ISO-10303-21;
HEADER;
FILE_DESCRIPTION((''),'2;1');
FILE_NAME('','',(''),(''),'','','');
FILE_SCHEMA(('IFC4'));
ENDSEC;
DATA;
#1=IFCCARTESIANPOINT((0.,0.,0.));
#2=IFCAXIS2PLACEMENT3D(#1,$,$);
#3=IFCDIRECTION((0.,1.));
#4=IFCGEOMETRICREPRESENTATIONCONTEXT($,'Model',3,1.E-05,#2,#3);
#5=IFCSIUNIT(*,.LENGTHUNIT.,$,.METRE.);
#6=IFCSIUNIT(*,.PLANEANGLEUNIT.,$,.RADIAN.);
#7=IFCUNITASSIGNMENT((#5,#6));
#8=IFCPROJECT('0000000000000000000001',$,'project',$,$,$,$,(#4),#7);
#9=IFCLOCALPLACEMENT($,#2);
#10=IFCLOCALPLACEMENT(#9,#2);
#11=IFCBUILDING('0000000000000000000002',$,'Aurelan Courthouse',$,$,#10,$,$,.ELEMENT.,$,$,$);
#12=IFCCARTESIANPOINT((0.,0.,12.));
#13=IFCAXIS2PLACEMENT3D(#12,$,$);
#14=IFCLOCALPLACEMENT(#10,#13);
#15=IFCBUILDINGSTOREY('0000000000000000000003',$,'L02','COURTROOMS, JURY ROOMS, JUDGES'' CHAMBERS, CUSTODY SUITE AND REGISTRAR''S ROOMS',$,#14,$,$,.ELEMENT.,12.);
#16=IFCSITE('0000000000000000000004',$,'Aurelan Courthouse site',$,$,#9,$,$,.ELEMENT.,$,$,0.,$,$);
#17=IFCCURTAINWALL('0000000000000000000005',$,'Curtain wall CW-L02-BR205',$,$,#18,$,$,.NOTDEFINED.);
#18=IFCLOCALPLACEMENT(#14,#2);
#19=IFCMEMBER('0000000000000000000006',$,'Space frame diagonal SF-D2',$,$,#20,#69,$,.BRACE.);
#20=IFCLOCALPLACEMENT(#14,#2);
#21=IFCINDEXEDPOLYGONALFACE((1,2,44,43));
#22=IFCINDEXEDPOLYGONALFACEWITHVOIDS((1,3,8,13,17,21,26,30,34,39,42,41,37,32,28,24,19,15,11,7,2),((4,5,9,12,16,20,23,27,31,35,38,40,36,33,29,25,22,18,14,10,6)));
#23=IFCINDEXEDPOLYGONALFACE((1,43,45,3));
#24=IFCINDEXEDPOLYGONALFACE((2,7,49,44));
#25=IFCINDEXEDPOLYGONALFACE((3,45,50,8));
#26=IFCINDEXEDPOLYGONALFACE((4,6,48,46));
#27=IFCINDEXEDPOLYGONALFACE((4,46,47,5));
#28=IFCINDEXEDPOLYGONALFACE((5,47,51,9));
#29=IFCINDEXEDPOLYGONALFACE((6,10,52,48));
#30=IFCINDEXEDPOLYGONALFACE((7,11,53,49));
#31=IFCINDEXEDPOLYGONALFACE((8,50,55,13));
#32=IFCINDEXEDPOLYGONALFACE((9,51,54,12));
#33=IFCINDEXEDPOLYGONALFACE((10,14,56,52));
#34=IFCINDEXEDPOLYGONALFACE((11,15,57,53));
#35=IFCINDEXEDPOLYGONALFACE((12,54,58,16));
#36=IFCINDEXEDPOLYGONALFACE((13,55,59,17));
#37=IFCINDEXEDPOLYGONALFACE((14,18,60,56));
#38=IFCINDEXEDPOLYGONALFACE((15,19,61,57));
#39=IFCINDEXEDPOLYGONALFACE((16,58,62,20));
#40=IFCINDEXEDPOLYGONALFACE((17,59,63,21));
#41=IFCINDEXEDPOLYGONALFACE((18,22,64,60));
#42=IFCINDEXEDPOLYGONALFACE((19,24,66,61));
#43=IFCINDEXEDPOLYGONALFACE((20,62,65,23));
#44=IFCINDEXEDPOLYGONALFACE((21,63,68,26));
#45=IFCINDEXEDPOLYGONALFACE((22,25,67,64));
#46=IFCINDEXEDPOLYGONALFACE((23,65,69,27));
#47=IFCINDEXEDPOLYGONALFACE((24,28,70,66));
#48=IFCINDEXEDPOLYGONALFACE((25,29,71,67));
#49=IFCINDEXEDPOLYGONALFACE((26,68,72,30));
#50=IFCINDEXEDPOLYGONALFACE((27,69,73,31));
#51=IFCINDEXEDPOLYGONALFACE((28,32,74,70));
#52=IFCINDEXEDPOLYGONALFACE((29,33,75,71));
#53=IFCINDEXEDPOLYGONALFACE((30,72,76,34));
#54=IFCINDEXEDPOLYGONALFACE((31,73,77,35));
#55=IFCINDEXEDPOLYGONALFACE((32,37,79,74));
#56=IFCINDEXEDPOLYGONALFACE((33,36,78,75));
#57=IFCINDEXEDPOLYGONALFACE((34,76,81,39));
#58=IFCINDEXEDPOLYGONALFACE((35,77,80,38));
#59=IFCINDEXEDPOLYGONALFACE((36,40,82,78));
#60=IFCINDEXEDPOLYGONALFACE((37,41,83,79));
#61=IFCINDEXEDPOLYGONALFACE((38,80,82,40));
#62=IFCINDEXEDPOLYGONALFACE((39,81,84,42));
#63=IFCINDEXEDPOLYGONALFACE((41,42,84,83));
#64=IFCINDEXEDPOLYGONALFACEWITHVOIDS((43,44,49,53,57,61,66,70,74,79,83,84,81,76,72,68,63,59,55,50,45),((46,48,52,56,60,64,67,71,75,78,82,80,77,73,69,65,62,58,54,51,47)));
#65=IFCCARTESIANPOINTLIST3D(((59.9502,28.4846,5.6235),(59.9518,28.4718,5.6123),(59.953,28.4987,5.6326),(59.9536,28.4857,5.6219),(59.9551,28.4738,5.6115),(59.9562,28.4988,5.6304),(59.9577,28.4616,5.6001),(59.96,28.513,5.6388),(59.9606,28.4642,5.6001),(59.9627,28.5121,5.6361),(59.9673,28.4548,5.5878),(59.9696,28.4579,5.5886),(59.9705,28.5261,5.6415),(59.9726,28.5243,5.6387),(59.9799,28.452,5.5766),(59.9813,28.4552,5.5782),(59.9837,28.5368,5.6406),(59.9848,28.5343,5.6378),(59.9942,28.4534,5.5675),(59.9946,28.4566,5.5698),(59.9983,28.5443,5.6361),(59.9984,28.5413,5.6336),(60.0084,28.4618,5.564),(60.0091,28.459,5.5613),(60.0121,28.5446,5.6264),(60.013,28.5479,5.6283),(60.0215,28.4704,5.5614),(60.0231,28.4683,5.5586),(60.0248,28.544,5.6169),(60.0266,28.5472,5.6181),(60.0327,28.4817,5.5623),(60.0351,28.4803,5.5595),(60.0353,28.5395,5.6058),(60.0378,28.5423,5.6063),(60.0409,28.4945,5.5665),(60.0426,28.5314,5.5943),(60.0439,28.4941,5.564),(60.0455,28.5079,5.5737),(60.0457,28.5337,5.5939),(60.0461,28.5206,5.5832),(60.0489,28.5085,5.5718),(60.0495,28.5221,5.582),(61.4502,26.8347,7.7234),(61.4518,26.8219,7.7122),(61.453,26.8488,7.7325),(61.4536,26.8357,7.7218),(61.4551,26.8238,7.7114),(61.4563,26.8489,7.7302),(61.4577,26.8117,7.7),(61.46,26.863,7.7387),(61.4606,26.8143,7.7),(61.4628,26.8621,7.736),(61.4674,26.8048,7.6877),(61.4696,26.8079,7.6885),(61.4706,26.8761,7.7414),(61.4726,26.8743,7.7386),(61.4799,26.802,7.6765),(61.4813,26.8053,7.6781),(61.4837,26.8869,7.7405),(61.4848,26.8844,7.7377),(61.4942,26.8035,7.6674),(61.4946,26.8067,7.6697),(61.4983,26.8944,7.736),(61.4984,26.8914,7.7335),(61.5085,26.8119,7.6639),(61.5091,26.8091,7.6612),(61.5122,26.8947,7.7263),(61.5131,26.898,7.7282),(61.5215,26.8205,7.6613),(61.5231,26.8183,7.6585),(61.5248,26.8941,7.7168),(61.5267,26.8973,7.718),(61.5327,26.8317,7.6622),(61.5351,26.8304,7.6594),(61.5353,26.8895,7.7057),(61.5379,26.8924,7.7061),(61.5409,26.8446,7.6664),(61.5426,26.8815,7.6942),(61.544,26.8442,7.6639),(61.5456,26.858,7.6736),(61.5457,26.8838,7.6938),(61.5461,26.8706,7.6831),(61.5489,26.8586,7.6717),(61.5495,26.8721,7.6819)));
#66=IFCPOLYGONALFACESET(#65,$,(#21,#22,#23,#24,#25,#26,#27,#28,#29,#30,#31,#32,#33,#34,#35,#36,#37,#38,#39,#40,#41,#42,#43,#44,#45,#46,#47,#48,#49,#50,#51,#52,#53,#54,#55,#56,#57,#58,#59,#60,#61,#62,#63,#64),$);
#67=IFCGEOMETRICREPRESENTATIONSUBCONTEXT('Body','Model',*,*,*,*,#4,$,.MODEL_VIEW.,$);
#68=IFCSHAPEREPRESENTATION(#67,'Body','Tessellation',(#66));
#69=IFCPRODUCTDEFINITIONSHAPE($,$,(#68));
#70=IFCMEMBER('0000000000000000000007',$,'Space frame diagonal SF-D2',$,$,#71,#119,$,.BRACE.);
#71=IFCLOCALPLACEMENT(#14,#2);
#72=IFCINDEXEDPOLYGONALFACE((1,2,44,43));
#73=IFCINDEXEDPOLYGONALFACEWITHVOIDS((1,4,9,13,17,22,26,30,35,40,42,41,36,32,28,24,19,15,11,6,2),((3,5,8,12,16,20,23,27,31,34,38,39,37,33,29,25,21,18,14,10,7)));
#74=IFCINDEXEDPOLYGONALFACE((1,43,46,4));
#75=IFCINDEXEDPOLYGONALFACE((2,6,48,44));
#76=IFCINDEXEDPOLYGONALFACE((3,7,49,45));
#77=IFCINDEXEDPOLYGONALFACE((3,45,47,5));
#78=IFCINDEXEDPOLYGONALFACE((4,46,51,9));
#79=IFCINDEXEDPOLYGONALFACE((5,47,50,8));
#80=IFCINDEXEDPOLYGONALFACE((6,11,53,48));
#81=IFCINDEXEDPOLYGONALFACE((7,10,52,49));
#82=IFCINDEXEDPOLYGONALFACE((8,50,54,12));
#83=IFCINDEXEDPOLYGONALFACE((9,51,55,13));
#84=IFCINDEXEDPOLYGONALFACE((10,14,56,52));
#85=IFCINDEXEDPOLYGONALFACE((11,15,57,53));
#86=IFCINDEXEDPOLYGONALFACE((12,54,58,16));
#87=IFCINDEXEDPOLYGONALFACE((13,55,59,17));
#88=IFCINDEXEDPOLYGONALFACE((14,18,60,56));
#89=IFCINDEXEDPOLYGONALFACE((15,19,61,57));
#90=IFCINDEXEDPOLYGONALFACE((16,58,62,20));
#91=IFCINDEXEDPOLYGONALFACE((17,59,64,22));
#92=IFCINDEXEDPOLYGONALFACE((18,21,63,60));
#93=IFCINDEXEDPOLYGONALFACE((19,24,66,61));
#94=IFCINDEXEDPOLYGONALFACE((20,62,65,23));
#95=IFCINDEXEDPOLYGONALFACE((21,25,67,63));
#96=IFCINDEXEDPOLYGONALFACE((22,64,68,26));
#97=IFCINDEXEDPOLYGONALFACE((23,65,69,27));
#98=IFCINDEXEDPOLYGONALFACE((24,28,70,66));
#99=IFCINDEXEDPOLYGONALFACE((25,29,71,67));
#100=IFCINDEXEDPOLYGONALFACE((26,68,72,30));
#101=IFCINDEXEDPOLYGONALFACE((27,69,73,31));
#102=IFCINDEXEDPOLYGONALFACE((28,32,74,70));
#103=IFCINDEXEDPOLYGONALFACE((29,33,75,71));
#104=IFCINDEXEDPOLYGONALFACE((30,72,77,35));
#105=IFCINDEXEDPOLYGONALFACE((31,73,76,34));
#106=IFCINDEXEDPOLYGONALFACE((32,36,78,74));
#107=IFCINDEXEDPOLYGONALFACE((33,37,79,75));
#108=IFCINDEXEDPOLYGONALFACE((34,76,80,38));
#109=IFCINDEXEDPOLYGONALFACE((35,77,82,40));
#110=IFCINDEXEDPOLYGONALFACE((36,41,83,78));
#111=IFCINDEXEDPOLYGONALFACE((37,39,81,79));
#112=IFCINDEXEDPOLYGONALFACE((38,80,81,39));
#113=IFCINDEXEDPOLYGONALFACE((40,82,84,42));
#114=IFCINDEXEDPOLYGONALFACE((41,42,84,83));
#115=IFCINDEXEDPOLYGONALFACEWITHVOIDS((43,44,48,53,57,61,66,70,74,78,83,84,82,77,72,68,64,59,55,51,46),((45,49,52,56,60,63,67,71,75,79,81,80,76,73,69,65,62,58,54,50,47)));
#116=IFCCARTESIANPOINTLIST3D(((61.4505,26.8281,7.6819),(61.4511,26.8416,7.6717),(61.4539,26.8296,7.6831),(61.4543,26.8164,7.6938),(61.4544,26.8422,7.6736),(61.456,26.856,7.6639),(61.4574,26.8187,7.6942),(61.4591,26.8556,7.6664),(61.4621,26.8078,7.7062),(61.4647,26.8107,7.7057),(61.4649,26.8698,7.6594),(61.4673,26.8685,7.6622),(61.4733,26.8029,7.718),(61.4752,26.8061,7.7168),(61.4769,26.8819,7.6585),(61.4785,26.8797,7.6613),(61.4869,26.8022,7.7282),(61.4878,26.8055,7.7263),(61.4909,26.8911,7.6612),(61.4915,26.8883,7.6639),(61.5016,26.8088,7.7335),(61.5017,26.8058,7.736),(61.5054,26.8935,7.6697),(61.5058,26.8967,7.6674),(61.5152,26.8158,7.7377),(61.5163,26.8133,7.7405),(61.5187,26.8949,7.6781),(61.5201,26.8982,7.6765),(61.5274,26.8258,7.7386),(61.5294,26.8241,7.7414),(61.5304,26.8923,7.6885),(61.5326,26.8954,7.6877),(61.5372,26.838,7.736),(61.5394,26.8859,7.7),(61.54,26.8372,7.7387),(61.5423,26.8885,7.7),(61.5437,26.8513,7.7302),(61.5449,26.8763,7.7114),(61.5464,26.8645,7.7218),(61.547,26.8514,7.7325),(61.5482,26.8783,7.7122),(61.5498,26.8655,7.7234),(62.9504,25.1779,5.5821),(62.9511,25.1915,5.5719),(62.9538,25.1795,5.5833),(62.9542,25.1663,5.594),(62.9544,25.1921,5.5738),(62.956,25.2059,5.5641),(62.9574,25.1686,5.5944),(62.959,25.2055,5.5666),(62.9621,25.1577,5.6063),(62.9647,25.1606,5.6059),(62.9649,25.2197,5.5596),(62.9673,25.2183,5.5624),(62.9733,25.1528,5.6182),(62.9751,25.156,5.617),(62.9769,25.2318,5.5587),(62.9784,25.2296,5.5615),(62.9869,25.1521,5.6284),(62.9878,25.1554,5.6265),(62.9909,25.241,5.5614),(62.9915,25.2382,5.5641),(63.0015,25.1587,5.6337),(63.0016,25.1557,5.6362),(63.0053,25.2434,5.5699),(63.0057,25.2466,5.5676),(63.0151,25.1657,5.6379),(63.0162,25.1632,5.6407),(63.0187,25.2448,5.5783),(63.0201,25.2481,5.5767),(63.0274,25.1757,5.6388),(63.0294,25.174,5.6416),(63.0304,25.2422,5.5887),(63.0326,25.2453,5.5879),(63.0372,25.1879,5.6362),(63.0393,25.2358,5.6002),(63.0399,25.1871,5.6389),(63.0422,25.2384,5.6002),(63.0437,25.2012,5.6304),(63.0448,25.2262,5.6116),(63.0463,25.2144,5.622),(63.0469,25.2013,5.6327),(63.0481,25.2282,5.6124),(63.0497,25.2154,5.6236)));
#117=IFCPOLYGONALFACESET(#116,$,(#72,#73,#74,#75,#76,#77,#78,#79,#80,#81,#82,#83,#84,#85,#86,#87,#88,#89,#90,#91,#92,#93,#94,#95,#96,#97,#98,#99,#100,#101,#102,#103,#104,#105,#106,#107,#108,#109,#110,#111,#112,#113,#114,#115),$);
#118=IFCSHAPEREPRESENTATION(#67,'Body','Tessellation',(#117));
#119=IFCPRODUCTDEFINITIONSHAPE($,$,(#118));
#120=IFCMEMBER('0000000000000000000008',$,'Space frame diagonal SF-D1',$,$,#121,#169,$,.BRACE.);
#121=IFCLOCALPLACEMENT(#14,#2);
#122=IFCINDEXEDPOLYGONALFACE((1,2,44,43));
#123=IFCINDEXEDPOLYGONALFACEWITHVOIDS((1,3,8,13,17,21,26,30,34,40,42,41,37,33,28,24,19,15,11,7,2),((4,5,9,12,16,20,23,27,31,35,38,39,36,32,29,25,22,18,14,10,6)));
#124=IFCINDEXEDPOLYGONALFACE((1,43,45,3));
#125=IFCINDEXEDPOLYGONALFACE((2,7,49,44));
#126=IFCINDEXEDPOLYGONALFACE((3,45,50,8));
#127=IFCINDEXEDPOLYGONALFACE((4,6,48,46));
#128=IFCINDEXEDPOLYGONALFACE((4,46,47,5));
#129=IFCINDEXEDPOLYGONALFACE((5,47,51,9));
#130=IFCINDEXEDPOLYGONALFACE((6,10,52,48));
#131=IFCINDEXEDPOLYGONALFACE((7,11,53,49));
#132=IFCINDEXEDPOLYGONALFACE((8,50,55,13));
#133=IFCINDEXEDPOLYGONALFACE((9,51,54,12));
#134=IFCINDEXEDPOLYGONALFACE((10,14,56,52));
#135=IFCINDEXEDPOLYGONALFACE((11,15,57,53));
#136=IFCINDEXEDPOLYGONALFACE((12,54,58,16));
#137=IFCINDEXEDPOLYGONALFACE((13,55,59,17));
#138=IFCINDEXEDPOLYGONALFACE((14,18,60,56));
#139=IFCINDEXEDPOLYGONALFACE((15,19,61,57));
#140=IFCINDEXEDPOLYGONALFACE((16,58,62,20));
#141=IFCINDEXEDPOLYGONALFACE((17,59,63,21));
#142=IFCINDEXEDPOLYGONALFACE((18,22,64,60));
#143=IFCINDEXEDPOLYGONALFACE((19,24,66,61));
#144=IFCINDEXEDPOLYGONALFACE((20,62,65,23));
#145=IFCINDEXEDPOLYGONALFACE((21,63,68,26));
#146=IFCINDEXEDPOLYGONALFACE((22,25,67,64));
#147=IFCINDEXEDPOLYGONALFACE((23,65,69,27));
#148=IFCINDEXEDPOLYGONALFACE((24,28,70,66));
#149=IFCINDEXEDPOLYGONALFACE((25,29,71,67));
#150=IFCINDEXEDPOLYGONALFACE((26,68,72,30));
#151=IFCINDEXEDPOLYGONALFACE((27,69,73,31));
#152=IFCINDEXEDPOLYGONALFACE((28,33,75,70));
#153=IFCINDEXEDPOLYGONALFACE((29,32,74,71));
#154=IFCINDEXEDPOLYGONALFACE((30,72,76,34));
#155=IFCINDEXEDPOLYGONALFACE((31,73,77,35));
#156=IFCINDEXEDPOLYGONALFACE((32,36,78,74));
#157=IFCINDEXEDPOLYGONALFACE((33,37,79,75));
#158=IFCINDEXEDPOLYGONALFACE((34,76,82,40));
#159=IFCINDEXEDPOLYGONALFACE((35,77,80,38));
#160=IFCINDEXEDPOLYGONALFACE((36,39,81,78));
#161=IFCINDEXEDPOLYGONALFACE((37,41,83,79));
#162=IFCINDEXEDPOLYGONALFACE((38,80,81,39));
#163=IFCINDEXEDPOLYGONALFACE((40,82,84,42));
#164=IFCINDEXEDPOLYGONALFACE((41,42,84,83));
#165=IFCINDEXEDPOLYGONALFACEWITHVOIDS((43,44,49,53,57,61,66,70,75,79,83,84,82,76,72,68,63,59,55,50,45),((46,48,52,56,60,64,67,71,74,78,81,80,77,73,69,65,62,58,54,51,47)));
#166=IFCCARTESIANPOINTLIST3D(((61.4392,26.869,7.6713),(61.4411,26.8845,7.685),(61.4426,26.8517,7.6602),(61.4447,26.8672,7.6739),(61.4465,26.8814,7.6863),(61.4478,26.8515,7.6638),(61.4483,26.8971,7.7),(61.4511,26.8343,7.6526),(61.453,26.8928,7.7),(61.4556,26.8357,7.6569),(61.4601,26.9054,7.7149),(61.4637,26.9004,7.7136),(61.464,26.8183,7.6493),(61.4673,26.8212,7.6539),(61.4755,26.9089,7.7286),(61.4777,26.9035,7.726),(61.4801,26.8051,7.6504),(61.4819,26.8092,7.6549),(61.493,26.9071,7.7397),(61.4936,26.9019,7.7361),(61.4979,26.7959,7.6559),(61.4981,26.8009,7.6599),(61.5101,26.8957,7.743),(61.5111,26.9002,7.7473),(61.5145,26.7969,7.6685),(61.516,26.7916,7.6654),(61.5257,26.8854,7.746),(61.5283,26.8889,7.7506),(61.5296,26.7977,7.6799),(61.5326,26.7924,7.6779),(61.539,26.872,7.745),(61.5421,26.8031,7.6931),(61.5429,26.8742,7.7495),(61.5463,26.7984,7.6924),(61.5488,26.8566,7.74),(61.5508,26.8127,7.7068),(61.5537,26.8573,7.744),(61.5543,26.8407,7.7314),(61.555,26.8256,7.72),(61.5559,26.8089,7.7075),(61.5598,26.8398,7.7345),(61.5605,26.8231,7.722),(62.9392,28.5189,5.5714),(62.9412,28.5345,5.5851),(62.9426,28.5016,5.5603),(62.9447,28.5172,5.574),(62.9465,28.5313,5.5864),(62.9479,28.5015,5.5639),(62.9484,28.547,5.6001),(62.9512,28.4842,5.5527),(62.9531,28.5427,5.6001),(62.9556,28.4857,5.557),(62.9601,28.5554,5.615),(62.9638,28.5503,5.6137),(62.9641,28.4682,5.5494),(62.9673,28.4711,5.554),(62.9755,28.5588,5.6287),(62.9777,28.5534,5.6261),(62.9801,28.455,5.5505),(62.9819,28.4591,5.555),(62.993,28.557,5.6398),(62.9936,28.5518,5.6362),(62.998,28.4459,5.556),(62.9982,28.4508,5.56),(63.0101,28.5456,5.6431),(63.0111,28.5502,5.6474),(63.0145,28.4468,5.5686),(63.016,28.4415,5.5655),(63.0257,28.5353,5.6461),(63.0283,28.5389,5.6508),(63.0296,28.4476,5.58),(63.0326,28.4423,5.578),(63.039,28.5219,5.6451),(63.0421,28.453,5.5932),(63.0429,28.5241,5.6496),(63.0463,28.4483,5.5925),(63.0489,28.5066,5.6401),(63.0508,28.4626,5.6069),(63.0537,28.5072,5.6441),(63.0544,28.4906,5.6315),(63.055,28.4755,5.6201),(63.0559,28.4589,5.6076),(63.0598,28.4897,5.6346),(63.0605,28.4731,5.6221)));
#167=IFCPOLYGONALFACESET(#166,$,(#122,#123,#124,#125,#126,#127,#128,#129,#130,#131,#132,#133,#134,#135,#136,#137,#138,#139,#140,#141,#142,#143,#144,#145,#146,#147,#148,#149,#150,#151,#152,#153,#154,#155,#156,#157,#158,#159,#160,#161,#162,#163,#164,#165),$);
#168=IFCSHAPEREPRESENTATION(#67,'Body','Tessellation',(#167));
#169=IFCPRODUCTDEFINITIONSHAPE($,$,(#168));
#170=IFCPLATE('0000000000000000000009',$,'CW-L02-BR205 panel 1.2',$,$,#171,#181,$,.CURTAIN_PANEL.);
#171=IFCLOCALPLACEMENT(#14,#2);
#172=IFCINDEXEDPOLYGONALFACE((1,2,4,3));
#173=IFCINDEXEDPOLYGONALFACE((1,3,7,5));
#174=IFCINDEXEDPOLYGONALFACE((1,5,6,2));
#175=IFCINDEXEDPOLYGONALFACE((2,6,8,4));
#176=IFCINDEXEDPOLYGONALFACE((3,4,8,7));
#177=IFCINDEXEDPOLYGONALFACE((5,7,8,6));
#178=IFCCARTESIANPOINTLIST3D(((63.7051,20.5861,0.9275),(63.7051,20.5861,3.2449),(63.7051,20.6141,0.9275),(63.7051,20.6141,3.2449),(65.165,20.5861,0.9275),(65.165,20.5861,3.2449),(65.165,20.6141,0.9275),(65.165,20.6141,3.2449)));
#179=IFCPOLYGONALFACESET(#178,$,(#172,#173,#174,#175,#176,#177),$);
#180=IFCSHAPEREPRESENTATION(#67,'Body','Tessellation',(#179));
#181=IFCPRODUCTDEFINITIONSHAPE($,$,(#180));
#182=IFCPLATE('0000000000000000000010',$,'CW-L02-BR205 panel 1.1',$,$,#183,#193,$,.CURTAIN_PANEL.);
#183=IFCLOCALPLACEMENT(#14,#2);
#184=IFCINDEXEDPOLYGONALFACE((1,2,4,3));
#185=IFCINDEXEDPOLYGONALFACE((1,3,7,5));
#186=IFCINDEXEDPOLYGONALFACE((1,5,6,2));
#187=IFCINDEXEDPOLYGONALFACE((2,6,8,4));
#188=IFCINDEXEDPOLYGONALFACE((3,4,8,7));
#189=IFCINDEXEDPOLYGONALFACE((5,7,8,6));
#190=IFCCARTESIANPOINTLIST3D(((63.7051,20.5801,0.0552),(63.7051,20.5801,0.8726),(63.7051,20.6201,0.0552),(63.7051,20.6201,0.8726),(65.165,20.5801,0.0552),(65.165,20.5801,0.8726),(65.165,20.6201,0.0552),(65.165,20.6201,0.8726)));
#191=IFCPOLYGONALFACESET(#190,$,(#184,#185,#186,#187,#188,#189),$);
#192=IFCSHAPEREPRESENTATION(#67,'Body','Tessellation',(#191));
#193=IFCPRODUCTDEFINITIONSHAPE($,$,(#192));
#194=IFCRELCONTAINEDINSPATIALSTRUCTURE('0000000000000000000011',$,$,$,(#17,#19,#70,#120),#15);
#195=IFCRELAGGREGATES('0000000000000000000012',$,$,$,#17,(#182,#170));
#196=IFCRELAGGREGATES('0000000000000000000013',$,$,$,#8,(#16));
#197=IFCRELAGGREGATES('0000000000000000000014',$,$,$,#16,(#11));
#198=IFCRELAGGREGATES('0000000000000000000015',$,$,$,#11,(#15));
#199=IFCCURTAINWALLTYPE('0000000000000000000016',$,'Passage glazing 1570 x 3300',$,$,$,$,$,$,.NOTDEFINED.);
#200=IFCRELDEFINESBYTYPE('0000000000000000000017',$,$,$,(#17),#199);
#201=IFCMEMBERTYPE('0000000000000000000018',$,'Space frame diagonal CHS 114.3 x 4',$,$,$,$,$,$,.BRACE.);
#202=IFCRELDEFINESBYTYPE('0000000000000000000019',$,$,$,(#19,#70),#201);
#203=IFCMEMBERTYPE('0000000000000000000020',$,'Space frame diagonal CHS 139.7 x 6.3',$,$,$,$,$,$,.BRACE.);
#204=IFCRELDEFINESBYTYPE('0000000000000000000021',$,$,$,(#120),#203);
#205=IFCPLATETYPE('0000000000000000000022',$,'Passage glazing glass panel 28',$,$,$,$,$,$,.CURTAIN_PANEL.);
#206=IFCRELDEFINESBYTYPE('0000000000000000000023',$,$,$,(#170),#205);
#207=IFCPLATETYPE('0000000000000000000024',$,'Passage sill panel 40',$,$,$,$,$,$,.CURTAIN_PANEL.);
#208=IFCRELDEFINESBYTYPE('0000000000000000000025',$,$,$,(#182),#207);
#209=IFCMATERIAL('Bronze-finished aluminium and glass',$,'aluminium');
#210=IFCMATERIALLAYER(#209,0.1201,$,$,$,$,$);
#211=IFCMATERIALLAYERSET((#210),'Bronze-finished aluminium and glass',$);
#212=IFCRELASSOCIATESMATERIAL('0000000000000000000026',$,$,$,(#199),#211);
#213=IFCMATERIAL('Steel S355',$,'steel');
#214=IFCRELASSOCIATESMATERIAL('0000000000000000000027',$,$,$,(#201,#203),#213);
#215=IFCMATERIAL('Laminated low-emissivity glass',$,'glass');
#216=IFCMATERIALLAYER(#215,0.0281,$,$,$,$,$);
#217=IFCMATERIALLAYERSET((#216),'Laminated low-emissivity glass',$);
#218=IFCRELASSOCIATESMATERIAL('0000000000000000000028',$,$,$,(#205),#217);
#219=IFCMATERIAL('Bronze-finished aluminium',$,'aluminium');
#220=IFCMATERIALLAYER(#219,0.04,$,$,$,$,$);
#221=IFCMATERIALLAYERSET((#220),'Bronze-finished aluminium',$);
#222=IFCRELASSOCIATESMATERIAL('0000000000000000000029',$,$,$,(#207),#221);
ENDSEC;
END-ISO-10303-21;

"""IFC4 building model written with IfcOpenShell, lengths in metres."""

from ifc_helpers import new_model, si_unit, direction, frame, origin, origin_2d, place, context, subcontext, project, spatial, rectangle, hollow_circle, extrude, material, layer, layer_set, material_profile, profile_set, type_object, element, aggregate, save


model = new_model("IFC4")

# Units and contexts
model_context = context("Model", 3, precision=1e-05, world=origin(), true_north=direction((0.0, 1.0)))
body_context = subcontext(model_context, "Body", "Model", "MODEL_VIEW")
ifc_project = project(units=[si_unit("LENGTHUNIT", "METRE"), si_unit("PLANEANGLEUNIT", "RADIAN")], contexts=[model_context])

# Site, building, storey
site_placement = place(None, origin())
site = spatial("IfcSite", under=ifc_project, at=site_placement, Name="Aurelan Courthouse site", CompositionType="ELEMENT", RefElevation=0.0)
building_placement = place(site_placement, origin())
building = spatial("IfcBuilding", under=site, at=building_placement, Name="Aurelan Courthouse", CompositionType="ELEMENT")
storey_placement = place(building_placement, frame((0.0, 0.0, 12.0)))
storey = spatial("IfcBuildingStorey", under=building, at=storey_placement, Name="L02", Description="COURTROOMS, JURY ROOMS, JUDGES' CHAMBERS, CUSTODY SUITE AND REGISTRAR'S ROOMS", CompositionType="ELEMENT", Elevation=12.0)

# Shared definitions
ifc_material_1 = material(Name="Steel S355", Category="steel")

# Curtain wall
ifc_material_2 = material(Name="Bronze-finished aluminium and glass", Category="aluminium")
ifc_layer_1 = layer(ifc_material_2, 0.1201)
ifc_layer_set_1 = layer_set([ifc_layer_1], Name="Bronze-finished aluminium and glass")
curtain_wall_type_1 = type_object("IfcCurtainWallType", Name="Passage glazing 1570 x 3300", PredefinedType="NOTDEFINED", material=ifc_layer_set_1)
curtain_wall_1_placement = place(storey_placement, origin())
curtain_wall_1 = element("IfcCurtainWall", 1, at=curtain_wall_1_placement, inside=storey, type_object=curtain_wall_type_1, Name="Curtain wall CW-L02-BR205", PredefinedType="NOTDEFINED")
ifc_material_3 = material(Name="Bronze-finished aluminium", Category="aluminium")

# Members
ifc_material_profile_1 = material_profile(ifc_material_1, hollow_circle(Radius=0.0571, WallThickness=0.0039, at=origin_2d()), Name="CHS 114.3 x 4")
ifc_profile_set_1 = profile_set([ifc_material_profile_1], Name="Steel S355")
member_type_1 = type_object("IfcMemberType", Name="Space frame diagonal CHS 114.3 x 4", PredefinedType="BRACE", material=ifc_profile_set_1)
for number, where, z_axis, x_axis, name in (
    (2, (61.5, 26.8501, 7.7), (-0.489727, 0.538667, -0.685569), (-0.73992, -0.672695, 0.0), "Space frame diagonal SF-D2"),
    (3, (61.5, 26.8501, 7.7), (0.489706, -0.538724, -0.68554), (0.73997, 0.67264, 0.0), "Space frame diagonal SF-D2"),
):
    element("IfcMember", number, at=place(storey_placement, frame(where, z_axis=z_axis, x_axis=x_axis)), inside=storey, type_object=member_type_1, Name=name, PredefinedType="BRACE", context=body_context, shape_type="SweptSolid", body=[
        extrude(hollow_circle(Radius=0.0571, WallThickness=0.0039, at=origin_2d()), origin(), (0.0, 0.0, 1.0), 3.063),
    ])
ifc_material_profile_2 = material_profile(ifc_material_1, hollow_circle(Radius=0.0698, WallThickness=0.0063, at=origin_2d()), Name="CHS 139.7 x 6.3")
ifc_profile_set_2 = profile_set([ifc_material_profile_2], Name="Steel S355")
member_type_2 = type_object("IfcMemberType", Name="Space frame diagonal CHS 139.7 x 6.3", PredefinedType="BRACE", material=ifc_profile_set_2)
member_1_placement = place(storey_placement, frame((61.5, 26.8501, 7.7), z_axis=(0.489727, 0.538667, -0.685569), x_axis=(-0.73992, 0.672695, 0.0)))
element("IfcMember", 4, at=member_1_placement, inside=storey, type_object=member_type_2, Name="Space frame diagonal SF-D1", PredefinedType="BRACE", context=body_context, shape_type="SweptSolid", body=[
    extrude(hollow_circle(Radius=0.0698, WallThickness=0.0063, at=origin_2d()), origin(), (0.0, 0.0, 1.0), 3.063),
])

# Plates
ifc_material_4 = material(Name="Laminated low-emissivity glass", Category="glass")
ifc_layer_2 = layer(ifc_material_4, 0.0281)
ifc_layer_set_2 = layer_set([ifc_layer_2], Name="Laminated low-emissivity glass")
plate_type_1 = type_object("IfcPlateType", Name="Passage glazing glass panel 28", PredefinedType="CURTAIN_PANEL", material=ifc_layer_set_2)
plate_1_placement = place(storey_placement, frame((64.4351, 20.6001, 0.9275), z_axis=(0.0, 0.0, 1.0), x_axis=(1.0, 0.0, 0.0)))
plate_1 = element("IfcPlate", 5, at=plate_1_placement, type_object=plate_type_1, Name="CW-L02-BR205 panel 1.2", PredefinedType="CURTAIN_PANEL", context=body_context, shape_type="SweptSolid", body=[
    extrude(rectangle(XDim=1.46, YDim=0.0281, at=origin_2d()), origin(), (0.0, 0.0, 1.0), 2.3174),
])
ifc_layer_3 = layer(ifc_material_3, 0.04)
ifc_layer_set_3 = layer_set([ifc_layer_3], Name="Bronze-finished aluminium")
plate_type_2 = type_object("IfcPlateType", Name="Passage sill panel 40", PredefinedType="CURTAIN_PANEL", material=ifc_layer_set_3)
plate_2_placement = place(storey_placement, frame((64.4351, 20.6001, 0.0552), z_axis=(0.0, 0.0, 1.0), x_axis=(1.0, 0.0, 0.0)))
plate_2 = element("IfcPlate", 6, at=plate_2_placement, type_object=plate_type_2, Name="CW-L02-BR205 panel 1.1", PredefinedType="CURTAIN_PANEL", context=body_context, shape_type="SweptSolid", body=[
    extrude(rectangle(XDim=1.46, YDim=0.04, at=origin_2d()), origin(), (0.0, 0.0, 1.0), 0.8174),
])
aggregate(curtain_wall_1, [plate_2, plate_1])

save(model, "model.ifc")
